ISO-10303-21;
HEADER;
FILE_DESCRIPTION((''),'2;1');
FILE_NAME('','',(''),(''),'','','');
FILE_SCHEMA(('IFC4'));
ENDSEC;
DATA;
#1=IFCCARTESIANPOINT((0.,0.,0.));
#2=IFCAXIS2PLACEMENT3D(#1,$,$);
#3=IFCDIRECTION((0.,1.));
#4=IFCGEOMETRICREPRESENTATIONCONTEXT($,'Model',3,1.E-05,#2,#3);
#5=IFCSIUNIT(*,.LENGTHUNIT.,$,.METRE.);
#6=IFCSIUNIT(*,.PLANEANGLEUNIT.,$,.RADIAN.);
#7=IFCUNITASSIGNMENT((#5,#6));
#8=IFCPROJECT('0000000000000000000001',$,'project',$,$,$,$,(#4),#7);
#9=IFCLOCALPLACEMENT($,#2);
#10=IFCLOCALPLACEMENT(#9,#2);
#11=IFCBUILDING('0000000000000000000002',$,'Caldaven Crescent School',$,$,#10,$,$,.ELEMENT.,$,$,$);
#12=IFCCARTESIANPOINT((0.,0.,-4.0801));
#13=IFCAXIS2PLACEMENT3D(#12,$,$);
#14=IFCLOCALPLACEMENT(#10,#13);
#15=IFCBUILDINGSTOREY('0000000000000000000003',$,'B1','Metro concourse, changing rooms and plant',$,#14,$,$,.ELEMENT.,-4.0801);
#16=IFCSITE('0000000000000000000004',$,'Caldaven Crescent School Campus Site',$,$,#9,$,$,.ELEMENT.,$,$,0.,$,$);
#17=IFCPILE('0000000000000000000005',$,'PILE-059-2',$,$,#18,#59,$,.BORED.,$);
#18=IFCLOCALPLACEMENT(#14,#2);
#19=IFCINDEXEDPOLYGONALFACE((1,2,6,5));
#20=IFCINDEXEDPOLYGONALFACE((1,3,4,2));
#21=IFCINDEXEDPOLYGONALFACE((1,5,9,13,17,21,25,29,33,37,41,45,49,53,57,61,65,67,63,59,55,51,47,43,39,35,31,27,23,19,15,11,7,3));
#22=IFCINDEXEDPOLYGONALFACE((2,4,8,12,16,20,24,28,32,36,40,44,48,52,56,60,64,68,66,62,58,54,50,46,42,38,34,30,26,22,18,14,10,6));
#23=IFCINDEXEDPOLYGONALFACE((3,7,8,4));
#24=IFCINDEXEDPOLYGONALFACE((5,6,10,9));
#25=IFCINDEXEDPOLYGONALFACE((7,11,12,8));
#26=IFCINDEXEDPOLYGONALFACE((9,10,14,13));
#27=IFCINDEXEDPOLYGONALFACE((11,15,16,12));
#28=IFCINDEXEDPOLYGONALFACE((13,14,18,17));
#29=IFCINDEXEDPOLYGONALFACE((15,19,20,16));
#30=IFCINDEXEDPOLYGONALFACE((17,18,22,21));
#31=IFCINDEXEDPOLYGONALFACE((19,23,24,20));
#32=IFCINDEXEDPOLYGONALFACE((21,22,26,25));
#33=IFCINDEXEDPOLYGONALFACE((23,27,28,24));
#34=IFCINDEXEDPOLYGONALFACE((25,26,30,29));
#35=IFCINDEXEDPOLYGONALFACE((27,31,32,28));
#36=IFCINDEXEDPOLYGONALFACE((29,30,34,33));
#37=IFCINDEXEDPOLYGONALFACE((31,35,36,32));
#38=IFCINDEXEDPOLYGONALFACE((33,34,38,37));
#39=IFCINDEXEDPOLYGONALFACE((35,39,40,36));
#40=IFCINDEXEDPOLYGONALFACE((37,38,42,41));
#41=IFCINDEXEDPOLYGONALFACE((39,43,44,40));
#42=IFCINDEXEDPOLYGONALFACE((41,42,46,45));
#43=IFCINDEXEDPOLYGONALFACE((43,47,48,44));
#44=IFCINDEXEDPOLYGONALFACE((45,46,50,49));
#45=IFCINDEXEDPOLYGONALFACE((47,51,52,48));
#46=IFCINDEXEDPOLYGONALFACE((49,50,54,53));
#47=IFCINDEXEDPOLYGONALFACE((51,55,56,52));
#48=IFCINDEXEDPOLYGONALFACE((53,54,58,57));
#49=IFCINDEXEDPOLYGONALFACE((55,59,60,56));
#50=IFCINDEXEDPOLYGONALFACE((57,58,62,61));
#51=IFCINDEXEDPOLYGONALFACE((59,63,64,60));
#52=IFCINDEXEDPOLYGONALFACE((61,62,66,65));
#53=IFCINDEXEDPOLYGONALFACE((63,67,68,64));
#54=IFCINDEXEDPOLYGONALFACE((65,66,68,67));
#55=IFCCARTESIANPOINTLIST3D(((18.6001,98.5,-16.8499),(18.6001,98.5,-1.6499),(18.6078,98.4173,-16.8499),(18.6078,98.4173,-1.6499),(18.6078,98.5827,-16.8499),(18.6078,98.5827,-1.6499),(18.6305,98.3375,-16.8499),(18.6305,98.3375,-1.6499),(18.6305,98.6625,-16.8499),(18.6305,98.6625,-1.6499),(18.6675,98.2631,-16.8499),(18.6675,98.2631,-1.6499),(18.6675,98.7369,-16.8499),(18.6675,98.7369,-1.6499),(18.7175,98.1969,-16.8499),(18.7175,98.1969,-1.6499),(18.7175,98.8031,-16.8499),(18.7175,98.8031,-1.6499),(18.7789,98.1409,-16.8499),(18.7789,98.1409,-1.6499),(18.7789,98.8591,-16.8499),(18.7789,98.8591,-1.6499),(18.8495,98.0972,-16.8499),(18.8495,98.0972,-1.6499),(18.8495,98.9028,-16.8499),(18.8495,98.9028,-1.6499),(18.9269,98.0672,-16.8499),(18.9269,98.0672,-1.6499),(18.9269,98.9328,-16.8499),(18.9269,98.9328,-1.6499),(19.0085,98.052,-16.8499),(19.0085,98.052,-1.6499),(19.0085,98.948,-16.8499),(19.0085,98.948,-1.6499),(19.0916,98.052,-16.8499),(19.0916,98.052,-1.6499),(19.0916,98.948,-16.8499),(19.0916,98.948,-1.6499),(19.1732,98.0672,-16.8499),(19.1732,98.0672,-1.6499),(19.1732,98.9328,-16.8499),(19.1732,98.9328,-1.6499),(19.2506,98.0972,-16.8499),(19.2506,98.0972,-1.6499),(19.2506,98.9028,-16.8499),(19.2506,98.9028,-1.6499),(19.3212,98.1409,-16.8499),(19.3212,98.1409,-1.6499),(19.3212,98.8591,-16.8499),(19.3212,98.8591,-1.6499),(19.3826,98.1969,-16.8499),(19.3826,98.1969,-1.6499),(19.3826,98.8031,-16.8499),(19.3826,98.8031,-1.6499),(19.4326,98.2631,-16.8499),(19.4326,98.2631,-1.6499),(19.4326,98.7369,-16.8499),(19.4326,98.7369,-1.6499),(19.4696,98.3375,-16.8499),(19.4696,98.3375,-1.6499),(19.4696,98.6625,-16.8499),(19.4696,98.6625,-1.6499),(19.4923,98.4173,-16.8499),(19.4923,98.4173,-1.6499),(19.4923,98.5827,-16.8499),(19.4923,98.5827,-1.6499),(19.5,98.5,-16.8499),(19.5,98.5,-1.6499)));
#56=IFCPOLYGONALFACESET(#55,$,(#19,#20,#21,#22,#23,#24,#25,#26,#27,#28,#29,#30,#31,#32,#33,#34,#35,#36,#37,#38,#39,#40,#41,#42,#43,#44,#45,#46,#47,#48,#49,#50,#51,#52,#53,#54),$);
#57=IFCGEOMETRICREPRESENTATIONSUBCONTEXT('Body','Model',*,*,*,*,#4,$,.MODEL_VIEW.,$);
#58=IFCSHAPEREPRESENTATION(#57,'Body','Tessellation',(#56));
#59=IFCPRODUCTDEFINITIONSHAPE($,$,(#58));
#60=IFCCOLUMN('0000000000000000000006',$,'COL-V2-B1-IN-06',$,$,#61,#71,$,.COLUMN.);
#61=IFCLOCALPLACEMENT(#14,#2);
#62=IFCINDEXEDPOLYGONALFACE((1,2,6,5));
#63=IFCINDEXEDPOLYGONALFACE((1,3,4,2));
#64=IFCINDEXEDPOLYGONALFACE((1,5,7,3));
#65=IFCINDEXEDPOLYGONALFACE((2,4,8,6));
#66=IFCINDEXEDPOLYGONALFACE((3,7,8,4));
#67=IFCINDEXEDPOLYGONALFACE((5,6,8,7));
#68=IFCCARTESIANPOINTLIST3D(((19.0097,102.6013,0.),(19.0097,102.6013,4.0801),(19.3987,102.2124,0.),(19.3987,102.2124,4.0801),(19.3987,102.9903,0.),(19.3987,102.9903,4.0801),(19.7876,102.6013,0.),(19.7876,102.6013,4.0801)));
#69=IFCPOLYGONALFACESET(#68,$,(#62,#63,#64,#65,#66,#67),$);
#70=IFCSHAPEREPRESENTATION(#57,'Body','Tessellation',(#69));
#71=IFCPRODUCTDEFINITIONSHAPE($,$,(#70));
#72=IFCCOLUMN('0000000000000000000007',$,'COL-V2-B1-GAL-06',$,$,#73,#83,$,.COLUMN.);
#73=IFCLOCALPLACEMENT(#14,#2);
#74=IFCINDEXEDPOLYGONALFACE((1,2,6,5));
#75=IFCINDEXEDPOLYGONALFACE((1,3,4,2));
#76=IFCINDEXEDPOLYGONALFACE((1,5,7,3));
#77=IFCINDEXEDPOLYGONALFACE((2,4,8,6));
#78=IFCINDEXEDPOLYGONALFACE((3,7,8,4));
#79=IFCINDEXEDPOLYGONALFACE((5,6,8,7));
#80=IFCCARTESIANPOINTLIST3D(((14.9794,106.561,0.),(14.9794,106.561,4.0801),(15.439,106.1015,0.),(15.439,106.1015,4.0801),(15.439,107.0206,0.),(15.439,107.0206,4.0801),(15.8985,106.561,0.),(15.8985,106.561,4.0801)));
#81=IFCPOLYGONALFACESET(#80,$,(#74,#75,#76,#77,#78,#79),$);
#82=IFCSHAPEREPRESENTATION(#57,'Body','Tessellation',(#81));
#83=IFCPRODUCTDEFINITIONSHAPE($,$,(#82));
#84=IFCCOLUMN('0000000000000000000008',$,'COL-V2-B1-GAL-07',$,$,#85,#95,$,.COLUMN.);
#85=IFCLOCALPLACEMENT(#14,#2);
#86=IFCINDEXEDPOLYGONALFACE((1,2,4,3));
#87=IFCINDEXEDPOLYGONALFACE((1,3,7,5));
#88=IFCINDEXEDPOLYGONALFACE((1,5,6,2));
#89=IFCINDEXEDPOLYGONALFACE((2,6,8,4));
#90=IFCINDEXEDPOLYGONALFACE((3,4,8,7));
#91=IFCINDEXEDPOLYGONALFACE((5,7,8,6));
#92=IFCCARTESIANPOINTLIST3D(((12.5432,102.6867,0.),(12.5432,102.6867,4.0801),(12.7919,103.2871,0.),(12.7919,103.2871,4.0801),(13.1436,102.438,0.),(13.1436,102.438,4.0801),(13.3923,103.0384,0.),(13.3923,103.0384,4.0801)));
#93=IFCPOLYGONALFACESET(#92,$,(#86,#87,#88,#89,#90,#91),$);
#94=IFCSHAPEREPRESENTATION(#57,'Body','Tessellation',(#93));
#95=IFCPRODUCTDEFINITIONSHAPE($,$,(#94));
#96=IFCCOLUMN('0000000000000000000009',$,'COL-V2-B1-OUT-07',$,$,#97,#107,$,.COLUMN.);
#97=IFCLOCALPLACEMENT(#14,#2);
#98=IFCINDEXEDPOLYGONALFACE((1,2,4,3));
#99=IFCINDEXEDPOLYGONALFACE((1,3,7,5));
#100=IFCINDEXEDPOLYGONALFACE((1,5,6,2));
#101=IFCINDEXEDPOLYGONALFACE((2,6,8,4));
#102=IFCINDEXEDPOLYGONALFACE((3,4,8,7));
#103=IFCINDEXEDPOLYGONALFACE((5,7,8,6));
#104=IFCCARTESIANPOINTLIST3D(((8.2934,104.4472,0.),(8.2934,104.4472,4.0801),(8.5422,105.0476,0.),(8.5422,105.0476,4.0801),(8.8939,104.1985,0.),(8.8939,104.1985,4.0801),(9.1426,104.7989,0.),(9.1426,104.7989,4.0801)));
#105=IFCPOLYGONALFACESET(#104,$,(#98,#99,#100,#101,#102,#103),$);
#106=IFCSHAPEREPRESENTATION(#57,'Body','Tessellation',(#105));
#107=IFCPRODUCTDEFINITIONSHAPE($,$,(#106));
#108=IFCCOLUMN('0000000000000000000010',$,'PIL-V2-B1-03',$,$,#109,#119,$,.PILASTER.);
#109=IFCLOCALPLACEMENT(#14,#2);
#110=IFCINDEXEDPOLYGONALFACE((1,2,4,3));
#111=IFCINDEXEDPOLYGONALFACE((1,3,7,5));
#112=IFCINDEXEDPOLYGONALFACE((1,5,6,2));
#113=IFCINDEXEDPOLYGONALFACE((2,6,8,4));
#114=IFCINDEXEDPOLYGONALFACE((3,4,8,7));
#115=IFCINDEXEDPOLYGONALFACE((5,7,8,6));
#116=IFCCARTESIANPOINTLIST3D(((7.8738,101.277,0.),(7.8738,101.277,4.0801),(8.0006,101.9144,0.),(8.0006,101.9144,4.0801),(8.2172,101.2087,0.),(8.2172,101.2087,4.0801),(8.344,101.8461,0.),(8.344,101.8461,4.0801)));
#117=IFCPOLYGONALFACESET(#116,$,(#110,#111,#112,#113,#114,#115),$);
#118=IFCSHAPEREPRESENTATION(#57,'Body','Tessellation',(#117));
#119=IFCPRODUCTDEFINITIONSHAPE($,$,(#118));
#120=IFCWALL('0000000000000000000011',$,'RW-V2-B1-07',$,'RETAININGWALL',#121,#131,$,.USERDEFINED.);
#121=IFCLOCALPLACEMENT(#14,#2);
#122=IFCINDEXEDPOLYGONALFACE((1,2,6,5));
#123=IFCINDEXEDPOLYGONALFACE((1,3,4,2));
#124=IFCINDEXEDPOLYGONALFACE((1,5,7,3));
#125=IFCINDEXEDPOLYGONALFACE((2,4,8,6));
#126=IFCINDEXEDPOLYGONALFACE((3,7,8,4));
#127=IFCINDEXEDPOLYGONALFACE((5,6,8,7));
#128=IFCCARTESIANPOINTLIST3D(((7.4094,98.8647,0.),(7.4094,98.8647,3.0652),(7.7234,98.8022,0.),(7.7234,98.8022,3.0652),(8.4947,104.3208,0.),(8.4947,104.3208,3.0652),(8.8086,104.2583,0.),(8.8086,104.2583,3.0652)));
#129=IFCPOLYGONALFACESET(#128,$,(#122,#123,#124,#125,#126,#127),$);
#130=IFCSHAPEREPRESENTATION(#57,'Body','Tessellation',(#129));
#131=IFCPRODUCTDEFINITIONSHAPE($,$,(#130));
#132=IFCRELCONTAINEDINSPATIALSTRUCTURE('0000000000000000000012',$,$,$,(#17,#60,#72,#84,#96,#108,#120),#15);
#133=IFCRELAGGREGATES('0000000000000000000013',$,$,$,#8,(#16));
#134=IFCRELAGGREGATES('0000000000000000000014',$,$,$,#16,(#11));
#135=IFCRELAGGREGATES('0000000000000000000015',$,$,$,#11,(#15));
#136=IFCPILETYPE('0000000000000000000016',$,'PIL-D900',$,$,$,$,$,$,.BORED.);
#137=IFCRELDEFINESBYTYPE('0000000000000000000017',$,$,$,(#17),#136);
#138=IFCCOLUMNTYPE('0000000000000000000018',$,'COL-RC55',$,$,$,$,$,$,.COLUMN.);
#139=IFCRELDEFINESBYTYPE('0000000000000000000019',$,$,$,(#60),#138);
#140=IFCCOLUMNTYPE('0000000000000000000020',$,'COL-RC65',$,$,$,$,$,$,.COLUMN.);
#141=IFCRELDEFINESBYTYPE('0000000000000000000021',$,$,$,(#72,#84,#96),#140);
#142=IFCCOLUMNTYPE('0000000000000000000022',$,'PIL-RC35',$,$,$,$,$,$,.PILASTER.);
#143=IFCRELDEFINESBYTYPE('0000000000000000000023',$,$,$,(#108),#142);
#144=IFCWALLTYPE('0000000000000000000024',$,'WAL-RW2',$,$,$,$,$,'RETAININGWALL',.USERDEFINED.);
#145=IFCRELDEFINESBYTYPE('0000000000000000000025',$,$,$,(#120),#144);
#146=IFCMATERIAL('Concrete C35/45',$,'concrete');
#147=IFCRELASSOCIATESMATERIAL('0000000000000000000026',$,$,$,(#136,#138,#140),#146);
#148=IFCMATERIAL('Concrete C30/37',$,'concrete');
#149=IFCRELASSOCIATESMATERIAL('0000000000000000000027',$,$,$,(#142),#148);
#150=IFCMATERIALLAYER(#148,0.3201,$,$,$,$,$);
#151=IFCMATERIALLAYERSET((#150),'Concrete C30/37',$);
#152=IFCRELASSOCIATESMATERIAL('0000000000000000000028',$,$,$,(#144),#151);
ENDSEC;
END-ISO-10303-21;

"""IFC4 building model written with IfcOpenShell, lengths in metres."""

from ifc_helpers import new_model, si_unit, direction, frame, frame_2d, origin, origin_2d, place, context, subcontext, project, spatial, rectangle, circle, extrude, material, layer, layer_set, material_profile, profile_set, type_object, element, save


model = new_model("IFC4")

# Units and contexts
model_context = context("Model", 3, precision=1e-05, world=origin(), true_north=direction((0.0, 1.0)))
body_context = subcontext(model_context, "Body", "Model", "MODEL_VIEW")
ifc_project = project(units=[si_unit("LENGTHUNIT", "METRE"), si_unit("PLANEANGLEUNIT", "RADIAN")], contexts=[model_context])

# Site, building, storey
site_placement = place(None, origin())
site = spatial("IfcSite", under=ifc_project, at=site_placement, Name="Caldaven Crescent School Campus Site", CompositionType="ELEMENT", RefElevation=0.0)
building_placement = place(site_placement, origin())
building = spatial("IfcBuilding", under=site, at=building_placement, Name="Caldaven Crescent School", CompositionType="ELEMENT")
storey_placement = place(building_placement, frame((0.0, 0.0, -4.0801)))
storey = spatial("IfcBuildingStorey", under=building, at=storey_placement, Name="B1", Description="Metro concourse, changing rooms and plant", CompositionType="ELEMENT", Elevation=-4.0801)

# Shared definitions
ifc_material_1 = material(Name="Concrete C30/37", Category="concrete")
ifc_material_2 = material(Name="Concrete C35/45", Category="concrete")

# Pile
ifc_material_profile_1 = material_profile(ifc_material_2, circle(Radius=0.45, at=origin_2d()), Name="PILE D900")
ifc_profile_set_1 = profile_set([ifc_material_profile_1], Name="Concrete C35/45")
pile_type_1 = type_object("IfcPileType", Name="PIL-D900", PredefinedType="BORED", material=ifc_profile_set_1)
for number, where, z_axis, x_axis, name in (
    (1, (19.05, 98.5, -1.6499), (0.0, 0.0, -1.0), (1.0, 0.0, 0.0), "PILE-059-2"),
):
    element("IfcPile", number, at=place(storey_placement, frame(where, z_axis=z_axis, x_axis=x_axis)), inside=storey, type_object=pile_type_1, Name=name, PredefinedType="BORED", context=body_context, shape_type="SweptSolid", body=[
        extrude(circle(Radius=0.45, at=origin_2d()), origin(), (0.0, 0.0, 1.0), 15.2),
    ])

# Columns
ifc_material_profile_2 = material_profile(ifc_material_2, rectangle(XDim=0.55, YDim=0.55, at=origin_2d()), Name="RC 550x550")
ifc_profile_set_2 = profile_set([ifc_material_profile_2], Name="Concrete C35/45")
column_type_1 = type_object("IfcColumnType", Name="COL-RC55", PredefinedType="COLUMN", material=ifc_profile_set_2)
column_1_placement = place(storey_placement, frame((19.3987, 102.6013, 0.0), z_axis=(0.0, 0.0, 1.0), x_axis=(-0.707107, 0.707107, 0.0)))
element("IfcColumn", 2, at=column_1_placement, inside=storey, type_object=column_type_1, Name="COL-V2-B1-IN-06", PredefinedType="COLUMN", context=body_context, shape_type="SweptSolid", body=[
    extrude(rectangle(XDim=0.55, YDim=0.55, at=origin_2d()), origin(), (0.0, 0.0, 1.0), 4.0801),
])
ifc_material_profile_3 = material_profile(ifc_material_2, rectangle(XDim=0.6499, YDim=0.6499, at=origin_2d()), Name="RC 650x650")
ifc_profile_set_3 = profile_set([ifc_material_profile_3], Name="Concrete C35/45")
column_type_2 = type_object("IfcColumnType", Name="COL-RC65", PredefinedType="COLUMN", material=ifc_profile_set_3)
for number, where, z_axis, x_axis, name in (
    (3, (15.439, 106.561, 0.0), (0.0, 0.0, 1.0), (-0.707107, 0.707107, 0.0), "COL-V2-B1-GAL-06"),
    (4, (12.9678, 102.8625, 0.0), (0.0, 0.0, 1.0), (-0.92388, 0.382683, 0.0), "COL-V2-B1-GAL-07"),
    (5, (8.718, 104.623, 0.0), (0.0, 0.0, 1.0), (-0.92388, 0.382683, 0.0), "COL-V2-B1-OUT-07"),
):
    element("IfcColumn", number, at=place(storey_placement, frame(where, z_axis=z_axis, x_axis=x_axis)), inside=storey, type_object=column_type_2, Name=name, PredefinedType="COLUMN", context=body_context, shape_type="SweptSolid", body=[
        extrude(rectangle(XDim=0.6499, YDim=0.6499, at=origin_2d()), origin(), (0.0, 0.0, 1.0), 4.0801),
    ])
ifc_material_profile_4 = material_profile(ifc_material_1, rectangle(XDim=0.3501, YDim=0.6499, at=origin_2d()), Name="RC 350x650")
ifc_profile_set_4 = profile_set([ifc_material_profile_4], Name="Concrete C30/37")
column_type_3 = type_object("IfcColumnType", Name="PIL-RC35", PredefinedType="PILASTER", material=ifc_profile_set_4)
column_2_placement = place(storey_placement, frame((8.1089, 101.5615, 0.0), z_axis=(0.0, 0.0, 1.0), x_axis=(-0.980785, 0.19509, 0.0)))
element("IfcColumn", 6, at=column_2_placement, inside=storey, type_object=column_type_3, Name="PIL-V2-B1-03", PredefinedType="PILASTER", context=body_context, shape_type="SweptSolid", body=[
    extrude(rectangle(XDim=0.3501, YDim=0.6499, at=origin_2d()), origin(), (0.0, 0.0, 1.0), 4.0801),
])

# Wall
ifc_layer = layer(ifc_material_1, 0.3201)
ifc_layer_set = layer_set([ifc_layer], Name="Concrete C30/37")
wall_type = type_object("IfcWallType", Name="WAL-RW2", ElementType="RETAININGWALL", PredefinedType="USERDEFINED", material=ifc_layer_set)
wall_placement = place(storey_placement, frame((8.6516, 104.2896, 0.0), z_axis=(0.0, 0.0, 1.0), x_axis=(-0.195078, -0.980788, 0.0)))
element("IfcWall", 7, at=wall_placement, inside=storey, type_object=wall_type, Name="RW-V2-B1-07", ObjectType="RETAININGWALL", PredefinedType="USERDEFINED", context=body_context, shape_type="SweptSolid", body=[
    extrude(rectangle(XDim=5.563, YDim=0.3201, at=frame_2d((2.7815, 0.0))), origin(), (0.0, 0.0, 1.0), 3.0652),
])

save(model, "model.ifc")
